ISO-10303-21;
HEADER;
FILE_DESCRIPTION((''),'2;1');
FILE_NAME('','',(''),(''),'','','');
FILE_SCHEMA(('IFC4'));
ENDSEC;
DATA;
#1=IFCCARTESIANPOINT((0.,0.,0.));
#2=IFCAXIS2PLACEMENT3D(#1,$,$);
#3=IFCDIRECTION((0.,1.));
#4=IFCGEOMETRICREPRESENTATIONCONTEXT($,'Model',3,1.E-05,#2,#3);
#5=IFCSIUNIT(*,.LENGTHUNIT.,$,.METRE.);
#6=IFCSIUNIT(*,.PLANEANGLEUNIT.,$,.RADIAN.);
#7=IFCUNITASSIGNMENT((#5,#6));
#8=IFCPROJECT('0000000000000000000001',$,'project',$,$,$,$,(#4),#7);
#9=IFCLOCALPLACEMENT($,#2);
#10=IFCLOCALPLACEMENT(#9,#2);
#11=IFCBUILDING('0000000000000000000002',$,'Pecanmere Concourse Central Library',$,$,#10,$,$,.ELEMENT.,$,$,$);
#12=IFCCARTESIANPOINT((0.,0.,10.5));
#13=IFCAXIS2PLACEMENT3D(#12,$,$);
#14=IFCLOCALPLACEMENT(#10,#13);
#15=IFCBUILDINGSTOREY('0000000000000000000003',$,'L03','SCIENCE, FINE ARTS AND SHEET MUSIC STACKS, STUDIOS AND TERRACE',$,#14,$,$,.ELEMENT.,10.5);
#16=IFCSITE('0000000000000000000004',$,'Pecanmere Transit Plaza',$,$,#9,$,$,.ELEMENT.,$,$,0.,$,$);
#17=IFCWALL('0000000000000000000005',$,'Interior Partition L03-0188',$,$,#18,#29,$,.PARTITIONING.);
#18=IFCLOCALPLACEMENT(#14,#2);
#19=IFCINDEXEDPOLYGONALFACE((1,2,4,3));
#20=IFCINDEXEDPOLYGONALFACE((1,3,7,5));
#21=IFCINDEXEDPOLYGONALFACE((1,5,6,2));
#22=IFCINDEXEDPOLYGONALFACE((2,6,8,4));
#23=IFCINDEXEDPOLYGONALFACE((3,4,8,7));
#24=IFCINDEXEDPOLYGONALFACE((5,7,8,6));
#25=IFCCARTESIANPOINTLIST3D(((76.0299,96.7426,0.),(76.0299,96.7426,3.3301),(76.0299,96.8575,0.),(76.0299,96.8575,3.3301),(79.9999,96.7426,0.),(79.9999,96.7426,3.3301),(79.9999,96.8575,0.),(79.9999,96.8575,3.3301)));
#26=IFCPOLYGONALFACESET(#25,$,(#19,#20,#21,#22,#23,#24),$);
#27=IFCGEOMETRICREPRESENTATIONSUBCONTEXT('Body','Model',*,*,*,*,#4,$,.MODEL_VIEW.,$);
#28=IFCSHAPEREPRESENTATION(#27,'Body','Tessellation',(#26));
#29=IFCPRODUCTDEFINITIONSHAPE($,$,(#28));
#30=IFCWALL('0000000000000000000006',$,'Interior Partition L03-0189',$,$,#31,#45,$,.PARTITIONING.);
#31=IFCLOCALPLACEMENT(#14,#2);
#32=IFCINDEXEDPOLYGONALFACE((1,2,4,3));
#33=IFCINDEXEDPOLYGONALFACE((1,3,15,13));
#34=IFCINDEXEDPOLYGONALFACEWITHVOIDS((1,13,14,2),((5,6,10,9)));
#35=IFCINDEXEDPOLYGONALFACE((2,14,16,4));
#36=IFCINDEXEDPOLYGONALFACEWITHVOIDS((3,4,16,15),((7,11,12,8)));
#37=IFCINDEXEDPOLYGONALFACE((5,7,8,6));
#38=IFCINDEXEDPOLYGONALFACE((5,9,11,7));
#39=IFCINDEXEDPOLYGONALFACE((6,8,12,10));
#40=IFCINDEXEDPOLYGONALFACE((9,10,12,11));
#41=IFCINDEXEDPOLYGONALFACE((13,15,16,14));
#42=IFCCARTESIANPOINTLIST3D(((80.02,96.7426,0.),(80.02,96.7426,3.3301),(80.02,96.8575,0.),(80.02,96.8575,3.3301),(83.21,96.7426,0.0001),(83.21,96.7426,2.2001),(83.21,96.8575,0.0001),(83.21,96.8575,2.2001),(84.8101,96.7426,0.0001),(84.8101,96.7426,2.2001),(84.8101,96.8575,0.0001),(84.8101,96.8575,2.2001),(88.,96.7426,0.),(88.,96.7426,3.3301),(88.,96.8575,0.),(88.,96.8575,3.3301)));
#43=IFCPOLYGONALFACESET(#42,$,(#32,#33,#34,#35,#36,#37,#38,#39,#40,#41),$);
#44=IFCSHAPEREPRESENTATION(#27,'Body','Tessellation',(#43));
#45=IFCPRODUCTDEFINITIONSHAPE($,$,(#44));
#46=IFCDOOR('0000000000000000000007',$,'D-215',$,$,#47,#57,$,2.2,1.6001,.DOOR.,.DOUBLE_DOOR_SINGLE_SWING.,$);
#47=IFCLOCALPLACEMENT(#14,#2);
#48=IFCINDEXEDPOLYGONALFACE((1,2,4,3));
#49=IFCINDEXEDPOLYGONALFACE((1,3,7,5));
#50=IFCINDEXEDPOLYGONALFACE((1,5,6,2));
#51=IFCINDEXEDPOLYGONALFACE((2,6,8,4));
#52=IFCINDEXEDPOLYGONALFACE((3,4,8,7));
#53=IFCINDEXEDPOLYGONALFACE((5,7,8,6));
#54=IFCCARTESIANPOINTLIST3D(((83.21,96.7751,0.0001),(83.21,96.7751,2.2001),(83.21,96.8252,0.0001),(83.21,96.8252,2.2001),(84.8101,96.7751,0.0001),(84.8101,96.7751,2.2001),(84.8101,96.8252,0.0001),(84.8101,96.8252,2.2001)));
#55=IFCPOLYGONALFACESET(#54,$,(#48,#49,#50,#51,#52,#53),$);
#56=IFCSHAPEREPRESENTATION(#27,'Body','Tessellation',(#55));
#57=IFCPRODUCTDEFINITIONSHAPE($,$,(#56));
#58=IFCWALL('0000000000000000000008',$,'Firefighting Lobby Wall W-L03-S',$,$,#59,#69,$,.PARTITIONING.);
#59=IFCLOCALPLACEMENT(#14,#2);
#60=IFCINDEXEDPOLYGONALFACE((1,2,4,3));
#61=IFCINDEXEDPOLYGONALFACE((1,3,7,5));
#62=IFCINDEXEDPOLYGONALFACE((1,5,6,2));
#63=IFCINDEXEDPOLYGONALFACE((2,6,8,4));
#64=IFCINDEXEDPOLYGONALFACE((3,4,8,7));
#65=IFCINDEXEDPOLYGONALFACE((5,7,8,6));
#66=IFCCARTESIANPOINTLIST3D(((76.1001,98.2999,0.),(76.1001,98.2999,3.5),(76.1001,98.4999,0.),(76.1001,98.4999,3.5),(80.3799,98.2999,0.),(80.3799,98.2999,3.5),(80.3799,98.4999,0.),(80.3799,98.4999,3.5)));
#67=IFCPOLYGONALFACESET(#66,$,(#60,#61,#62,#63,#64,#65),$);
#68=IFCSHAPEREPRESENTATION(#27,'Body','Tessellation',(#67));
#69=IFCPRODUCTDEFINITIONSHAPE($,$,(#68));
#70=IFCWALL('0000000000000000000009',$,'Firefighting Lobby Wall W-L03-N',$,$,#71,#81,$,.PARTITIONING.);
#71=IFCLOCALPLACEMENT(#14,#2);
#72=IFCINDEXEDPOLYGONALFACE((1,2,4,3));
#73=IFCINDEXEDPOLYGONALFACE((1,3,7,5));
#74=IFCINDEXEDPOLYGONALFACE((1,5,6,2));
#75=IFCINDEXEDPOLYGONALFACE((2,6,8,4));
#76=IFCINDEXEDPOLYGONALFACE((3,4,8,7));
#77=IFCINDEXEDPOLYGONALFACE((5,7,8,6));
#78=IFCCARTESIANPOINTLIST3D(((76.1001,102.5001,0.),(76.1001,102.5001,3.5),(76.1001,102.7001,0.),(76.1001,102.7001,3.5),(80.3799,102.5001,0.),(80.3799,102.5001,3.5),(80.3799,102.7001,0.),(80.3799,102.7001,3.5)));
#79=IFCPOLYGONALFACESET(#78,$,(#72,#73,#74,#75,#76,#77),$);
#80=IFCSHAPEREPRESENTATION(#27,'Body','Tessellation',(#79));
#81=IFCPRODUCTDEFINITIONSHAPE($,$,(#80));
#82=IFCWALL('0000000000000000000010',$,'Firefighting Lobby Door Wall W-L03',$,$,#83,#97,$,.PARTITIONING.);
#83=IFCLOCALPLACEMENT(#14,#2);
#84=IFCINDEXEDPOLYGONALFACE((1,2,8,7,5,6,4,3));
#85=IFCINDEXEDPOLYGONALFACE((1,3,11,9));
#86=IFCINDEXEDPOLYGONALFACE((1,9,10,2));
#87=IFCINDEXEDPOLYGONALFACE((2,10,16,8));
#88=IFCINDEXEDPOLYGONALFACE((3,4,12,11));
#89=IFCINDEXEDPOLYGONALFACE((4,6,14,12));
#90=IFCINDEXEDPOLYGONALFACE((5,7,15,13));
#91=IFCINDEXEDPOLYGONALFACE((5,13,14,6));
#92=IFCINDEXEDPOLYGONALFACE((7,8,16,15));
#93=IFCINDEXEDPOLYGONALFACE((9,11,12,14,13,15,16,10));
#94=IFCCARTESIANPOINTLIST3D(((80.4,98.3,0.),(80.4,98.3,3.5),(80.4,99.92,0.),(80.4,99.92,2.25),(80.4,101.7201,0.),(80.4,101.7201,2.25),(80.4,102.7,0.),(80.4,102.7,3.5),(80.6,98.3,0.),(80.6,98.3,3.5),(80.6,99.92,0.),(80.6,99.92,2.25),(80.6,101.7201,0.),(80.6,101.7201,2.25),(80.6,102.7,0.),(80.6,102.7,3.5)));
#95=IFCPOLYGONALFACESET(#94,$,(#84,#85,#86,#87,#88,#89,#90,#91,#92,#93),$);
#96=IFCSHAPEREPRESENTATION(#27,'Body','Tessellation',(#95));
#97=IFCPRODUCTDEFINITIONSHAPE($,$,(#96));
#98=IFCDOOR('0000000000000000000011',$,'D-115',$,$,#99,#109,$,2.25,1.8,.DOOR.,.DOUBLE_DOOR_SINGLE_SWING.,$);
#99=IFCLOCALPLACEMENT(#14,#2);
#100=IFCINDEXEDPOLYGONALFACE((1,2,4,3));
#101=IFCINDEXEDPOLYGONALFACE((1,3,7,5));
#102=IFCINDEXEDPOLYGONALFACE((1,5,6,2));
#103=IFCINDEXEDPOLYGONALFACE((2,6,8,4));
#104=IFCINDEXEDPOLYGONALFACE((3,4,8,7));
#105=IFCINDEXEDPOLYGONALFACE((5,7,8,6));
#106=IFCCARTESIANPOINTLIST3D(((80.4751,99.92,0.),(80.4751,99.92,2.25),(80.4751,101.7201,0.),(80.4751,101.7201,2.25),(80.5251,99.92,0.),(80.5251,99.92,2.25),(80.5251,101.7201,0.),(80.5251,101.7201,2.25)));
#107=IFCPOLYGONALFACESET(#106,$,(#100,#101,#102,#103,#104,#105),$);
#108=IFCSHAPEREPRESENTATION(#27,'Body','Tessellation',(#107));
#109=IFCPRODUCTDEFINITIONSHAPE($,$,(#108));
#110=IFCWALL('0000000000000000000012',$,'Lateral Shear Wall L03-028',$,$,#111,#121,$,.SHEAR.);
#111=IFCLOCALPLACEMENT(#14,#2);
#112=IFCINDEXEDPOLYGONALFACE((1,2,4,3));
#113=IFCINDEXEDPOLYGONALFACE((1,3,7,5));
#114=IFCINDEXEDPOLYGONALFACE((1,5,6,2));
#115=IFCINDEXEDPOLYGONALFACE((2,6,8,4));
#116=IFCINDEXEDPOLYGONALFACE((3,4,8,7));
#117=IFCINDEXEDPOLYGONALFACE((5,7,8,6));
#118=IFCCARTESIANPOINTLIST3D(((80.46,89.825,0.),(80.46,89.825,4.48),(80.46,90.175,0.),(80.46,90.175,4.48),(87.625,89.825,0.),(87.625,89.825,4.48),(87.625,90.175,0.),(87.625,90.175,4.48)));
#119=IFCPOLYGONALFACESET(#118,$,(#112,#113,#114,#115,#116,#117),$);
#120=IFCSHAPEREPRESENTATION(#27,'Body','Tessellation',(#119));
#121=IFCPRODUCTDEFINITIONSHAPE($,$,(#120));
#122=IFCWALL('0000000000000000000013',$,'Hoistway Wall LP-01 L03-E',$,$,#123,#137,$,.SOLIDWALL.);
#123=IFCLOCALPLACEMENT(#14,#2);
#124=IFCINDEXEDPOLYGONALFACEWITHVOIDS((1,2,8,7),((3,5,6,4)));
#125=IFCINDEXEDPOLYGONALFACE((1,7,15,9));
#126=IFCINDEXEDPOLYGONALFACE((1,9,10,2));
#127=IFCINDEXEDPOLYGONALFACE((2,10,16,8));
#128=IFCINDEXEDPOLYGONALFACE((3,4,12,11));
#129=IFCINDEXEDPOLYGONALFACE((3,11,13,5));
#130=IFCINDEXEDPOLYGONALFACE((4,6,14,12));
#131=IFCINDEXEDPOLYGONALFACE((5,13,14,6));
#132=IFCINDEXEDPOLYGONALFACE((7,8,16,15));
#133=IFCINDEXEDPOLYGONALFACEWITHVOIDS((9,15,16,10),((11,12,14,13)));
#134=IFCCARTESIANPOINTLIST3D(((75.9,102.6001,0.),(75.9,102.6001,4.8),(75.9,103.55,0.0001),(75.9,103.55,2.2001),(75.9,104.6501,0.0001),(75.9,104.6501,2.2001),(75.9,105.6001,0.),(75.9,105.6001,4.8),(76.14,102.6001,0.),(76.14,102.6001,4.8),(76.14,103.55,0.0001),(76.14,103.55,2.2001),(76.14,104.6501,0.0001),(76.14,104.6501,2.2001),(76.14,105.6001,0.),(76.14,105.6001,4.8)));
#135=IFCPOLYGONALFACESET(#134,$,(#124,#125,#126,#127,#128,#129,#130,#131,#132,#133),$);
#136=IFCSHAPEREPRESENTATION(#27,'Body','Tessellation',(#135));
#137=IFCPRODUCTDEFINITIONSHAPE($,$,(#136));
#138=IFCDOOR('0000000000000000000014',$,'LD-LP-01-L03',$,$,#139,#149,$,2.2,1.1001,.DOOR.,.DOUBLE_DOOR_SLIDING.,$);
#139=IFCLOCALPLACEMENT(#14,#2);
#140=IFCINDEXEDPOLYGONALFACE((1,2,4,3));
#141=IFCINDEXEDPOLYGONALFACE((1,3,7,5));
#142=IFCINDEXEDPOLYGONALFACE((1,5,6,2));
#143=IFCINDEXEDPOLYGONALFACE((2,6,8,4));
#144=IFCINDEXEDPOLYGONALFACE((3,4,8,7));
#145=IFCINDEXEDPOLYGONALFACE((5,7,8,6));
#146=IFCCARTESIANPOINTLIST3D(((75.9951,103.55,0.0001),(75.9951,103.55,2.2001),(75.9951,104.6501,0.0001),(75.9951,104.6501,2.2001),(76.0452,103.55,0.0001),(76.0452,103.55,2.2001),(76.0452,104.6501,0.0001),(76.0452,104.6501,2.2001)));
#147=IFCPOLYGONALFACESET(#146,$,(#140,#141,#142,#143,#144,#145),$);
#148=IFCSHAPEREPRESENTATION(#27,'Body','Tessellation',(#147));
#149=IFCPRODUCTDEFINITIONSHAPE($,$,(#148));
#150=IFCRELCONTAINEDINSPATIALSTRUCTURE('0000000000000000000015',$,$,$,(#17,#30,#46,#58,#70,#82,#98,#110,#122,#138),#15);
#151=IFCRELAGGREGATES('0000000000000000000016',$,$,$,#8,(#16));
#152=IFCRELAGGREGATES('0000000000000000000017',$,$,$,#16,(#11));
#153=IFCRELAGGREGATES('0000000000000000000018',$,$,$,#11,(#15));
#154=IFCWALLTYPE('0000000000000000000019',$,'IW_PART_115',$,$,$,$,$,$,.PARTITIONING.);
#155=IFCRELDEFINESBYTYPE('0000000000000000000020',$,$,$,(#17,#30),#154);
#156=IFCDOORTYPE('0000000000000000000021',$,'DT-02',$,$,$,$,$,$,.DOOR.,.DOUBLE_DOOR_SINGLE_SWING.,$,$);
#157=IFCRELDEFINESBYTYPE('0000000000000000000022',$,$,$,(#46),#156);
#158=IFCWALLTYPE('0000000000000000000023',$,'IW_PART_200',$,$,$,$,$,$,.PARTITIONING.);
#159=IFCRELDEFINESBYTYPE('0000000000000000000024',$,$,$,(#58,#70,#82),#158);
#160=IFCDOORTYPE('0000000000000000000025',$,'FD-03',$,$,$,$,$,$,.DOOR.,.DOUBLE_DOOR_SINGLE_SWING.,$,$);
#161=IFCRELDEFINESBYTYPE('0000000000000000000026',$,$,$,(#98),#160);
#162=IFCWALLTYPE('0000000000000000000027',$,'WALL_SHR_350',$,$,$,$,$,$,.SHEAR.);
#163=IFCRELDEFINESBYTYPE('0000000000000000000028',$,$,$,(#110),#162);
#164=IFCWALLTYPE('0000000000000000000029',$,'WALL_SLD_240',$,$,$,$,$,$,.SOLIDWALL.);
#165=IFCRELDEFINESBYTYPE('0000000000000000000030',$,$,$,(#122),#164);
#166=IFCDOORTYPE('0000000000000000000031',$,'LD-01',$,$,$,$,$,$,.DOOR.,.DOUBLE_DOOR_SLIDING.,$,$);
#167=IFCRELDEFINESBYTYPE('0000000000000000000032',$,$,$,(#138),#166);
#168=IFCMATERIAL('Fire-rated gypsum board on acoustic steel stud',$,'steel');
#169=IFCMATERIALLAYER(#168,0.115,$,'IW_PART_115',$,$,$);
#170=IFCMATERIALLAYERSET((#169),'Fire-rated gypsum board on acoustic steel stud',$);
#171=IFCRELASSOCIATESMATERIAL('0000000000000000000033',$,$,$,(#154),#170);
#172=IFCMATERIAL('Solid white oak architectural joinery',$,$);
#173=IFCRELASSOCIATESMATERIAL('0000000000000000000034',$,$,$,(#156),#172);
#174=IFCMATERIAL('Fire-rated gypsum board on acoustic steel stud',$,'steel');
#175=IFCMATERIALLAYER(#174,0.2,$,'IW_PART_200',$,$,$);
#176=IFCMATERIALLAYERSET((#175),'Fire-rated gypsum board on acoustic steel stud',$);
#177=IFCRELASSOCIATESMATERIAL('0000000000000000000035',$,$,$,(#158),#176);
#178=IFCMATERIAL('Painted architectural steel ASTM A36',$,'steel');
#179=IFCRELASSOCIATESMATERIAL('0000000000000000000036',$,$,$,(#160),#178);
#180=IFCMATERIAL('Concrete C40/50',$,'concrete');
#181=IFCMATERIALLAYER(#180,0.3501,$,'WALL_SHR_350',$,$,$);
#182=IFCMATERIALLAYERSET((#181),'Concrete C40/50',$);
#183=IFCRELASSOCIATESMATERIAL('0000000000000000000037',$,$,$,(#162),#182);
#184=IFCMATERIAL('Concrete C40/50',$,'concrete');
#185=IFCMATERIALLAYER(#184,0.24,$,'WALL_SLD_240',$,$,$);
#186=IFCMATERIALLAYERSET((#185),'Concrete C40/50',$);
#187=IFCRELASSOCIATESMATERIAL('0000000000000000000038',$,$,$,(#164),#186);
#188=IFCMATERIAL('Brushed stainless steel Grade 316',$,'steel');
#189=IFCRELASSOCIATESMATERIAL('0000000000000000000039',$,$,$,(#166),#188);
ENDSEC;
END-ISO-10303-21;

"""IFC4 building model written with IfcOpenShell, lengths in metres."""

from ifc_helpers import new_model, si_unit, direction, frame, frame_2d, origin, place, context, subcontext, project, spatial, rectangle, extrude, material, layer, layer_set, type_object, element, fill, save


model = new_model("IFC4")

# Units and contexts
model_context = context("Model", 3, precision=1e-05, world=origin(), true_north=direction((0.0, 1.0)))
body_context = subcontext(model_context, "Body", "Model", "MODEL_VIEW")
ifc_project = project(units=[si_unit("LENGTHUNIT", "METRE"), si_unit("PLANEANGLEUNIT", "RADIAN")], contexts=[model_context])

# Site, building, storey
site_placement = place(None, origin())
site = spatial("IfcSite", under=ifc_project, at=site_placement, Name="Pecanmere Transit Plaza", CompositionType="ELEMENT", RefElevation=0.0)
building_placement = place(site_placement, origin())
building = spatial("IfcBuilding", under=site, at=building_placement, Name="Pecanmere Concourse Central Library", CompositionType="ELEMENT")
storey_placement = place(building_placement, frame((0.0, 0.0, 10.5)))
storey = spatial("IfcBuildingStorey", under=building, at=storey_placement, Name="L03", Description="SCIENCE, FINE ARTS AND SHEET MUSIC STACKS, STUDIOS AND TERRACE", CompositionType="ELEMENT", Elevation=10.5)

# Wall
ifc_material_1 = material(Name="Fire-rated gypsum board on acoustic steel stud", Category="steel")
ifc_layer_1 = layer(ifc_material_1, 0.115, Name="IW_PART_115")
ifc_layer_set_1 = layer_set([ifc_layer_1], Name="Fire-rated gypsum board on acoustic steel stud")
wall_type_1 = type_object("IfcWallType", Name="IW_PART_115", PredefinedType="PARTITIONING", material=ifc_layer_set_1)
wall_1_placement = place(storey_placement, frame((76.03, 96.8, 0.0), z_axis=(0.0, 0.0, 1.0), x_axis=(1.0, 0.0, 0.0)))
element("IfcWall", 1, at=wall_1_placement, inside=storey, type_object=wall_type_1, Name="Interior Partition L03-0188", PredefinedType="PARTITIONING", context=body_context, shape_type="SweptSolid", body=[
    extrude(rectangle(XDim=3.97, YDim=0.115, at=frame_2d((1.9849, 0.0))), origin(), (0.0, 0.0, 1.0), 3.3301),
])

# Wall, opening, door
wall_2_placement = place(storey_placement, frame((80.02, 96.8, 0.0), z_axis=(0.0, 0.0, 1.0), x_axis=(1.0, 0.0, 0.0)))
wall_2 = element("IfcWall", 2, at=wall_2_placement, inside=storey, type_object=wall_type_1, Name="Interior Partition L03-0189", PredefinedType="PARTITIONING", context=body_context, shape_type="SweptSolid", body=[
    extrude(rectangle(XDim=7.98, YDim=0.115, at=frame_2d((3.99, 0.0))), origin(), (0.0, 0.0, 1.0), 3.3301),
])
opening_1_placement = place(wall_2_placement, frame((3.1899, 0.0, 0.0)))
opening_1 = element("IfcOpeningElement", 3, at=opening_1_placement, cuts=wall_2, PredefinedType="OPENING", context=body_context, shape_type="SweptSolid", body=[
    extrude(rectangle(XDim=1.6001, YDim=2.2, at=frame_2d((0.8, 1.1001))), frame((0.0, 0.0693, 0.0), z_axis=(0.0, -1.0, 0.0), x_axis=(1.0, 0.0, 0.0)), (0.0, 0.0, 1.0), 0.1389),
])
ifc_material_2 = material(Name="Solid white oak architectural joinery")
door_type_1 = type_object("IfcDoorType", Name="DT-02", OperationType="DOUBLE_DOOR_SINGLE_SWING", PredefinedType="DOOR", material=ifc_material_2)
door_1_placement = place(opening_1_placement, frame((1.6001, 0.0, 0.0), z_axis=(0.0, 0.0, 1.0), x_axis=(-1.0, 0.0, 0.0)))
door_1 = element("IfcDoor", 4, at=door_1_placement, inside=storey, type_object=door_type_1, Name="D-215", OperationType="DOUBLE_DOOR_SINGLE_SWING", OverallHeight=2.2, OverallWidth=1.6001, PredefinedType="DOOR", context=body_context, shape_type="SweptSolid", body=[
    extrude(rectangle(XDim=1.6001, YDim=2.2, at=frame_2d((0.8, 1.1001))), frame((0.0, 0.0249, 0.0), z_axis=(0.0, -1.0, 0.0), x_axis=(1.0, 0.0, 0.0)), (0.0, 0.0, 1.0), 0.05),
])
fill(opening_1, door_1)

# Walls
ifc_material_3 = material(Name="Fire-rated gypsum board on acoustic steel stud", Category="steel")
ifc_layer_2 = layer(ifc_material_3, 0.2, Name="IW_PART_200")
ifc_layer_set_2 = layer_set([ifc_layer_2], Name="Fire-rated gypsum board on acoustic steel stud")
wall_type_2 = type_object("IfcWallType", Name="IW_PART_200", PredefinedType="PARTITIONING", material=ifc_layer_set_2)
for number, where, z_axis, x_axis, name in (
    (5, (76.1001, 98.3999, 0.0), (0.0, 0.0, 1.0), (1.0, 0.0, 0.0), "Firefighting Lobby Wall W-L03-S"),
    (6, (76.1001, 102.6001, 0.0), (0.0, 0.0, 1.0), (1.0, 0.0, 0.0), "Firefighting Lobby Wall W-L03-N"),
):
    element("IfcWall", number, at=place(storey_placement, frame(where, z_axis=z_axis, x_axis=x_axis)), inside=storey, type_object=wall_type_2, Name=name, PredefinedType="PARTITIONING", context=body_context, shape_type="SweptSolid", body=[
        extrude(rectangle(XDim=4.2798, YDim=0.2, at=frame_2d((2.1399, 0.0))), origin(), (0.0, 0.0, 1.0), 3.5),
    ])

# Wall, opening, door
wall_3_placement = place(storey_placement, frame((80.5, 98.3, 0.0), z_axis=(0.0, 0.0, 1.0), x_axis=(0.0, 1.0, 0.0)))
wall_3 = element("IfcWall", 7, at=wall_3_placement, inside=storey, type_object=wall_type_2, Name="Firefighting Lobby Door Wall W-L03", PredefinedType="PARTITIONING", context=body_context, shape_type="SweptSolid", body=[
    extrude(rectangle(XDim=4.3999, YDim=0.2, at=frame_2d((2.2, 0.0))), origin(), (0.0, 0.0, 1.0), 3.5),
])
opening_2_placement = place(wall_3_placement, frame((1.6201, 0.0, 0.0)))
opening_2 = element("IfcOpeningElement", 8, at=opening_2_placement, cuts=wall_3, PredefinedType="OPENING", context=body_context, shape_type="SweptSolid", body=[
    extrude(rectangle(XDim=1.8, YDim=2.25, at=frame_2d((0.8999, 1.125))), frame((0.0, 0.1118, 0.0), z_axis=(0.0, -1.0, 0.0), x_axis=(1.0, 0.0, 0.0)), (0.0, 0.0, 1.0), 0.2239),
])
ifc_material_4 = material(Name="Painted architectural steel ASTM A36", Category="steel")
door_type_2 = type_object("IfcDoorType", Name="FD-03", OperationType="DOUBLE_DOOR_SINGLE_SWING", PredefinedType="DOOR", material=ifc_material_4)
door_2_placement = place(opening_2_placement, origin())
door_2 = element("IfcDoor", 9, at=door_2_placement, inside=storey, type_object=door_type_2, Name="D-115", OperationType="DOUBLE_DOOR_SINGLE_SWING", OverallHeight=2.25, OverallWidth=1.8, PredefinedType="DOOR", context=body_context, shape_type="SweptSolid", body=[
    extrude(rectangle(XDim=1.8, YDim=2.25, at=frame_2d((0.8999, 1.125))), frame((0.0, 0.0249, 0.0), z_axis=(0.0, -1.0, 0.0), x_axis=(1.0, 0.0, 0.0)), (0.0, 0.0, 1.0), 0.05),
])
fill(opening_2, door_2)

# Wall
ifc_material_5 = material(Name="Concrete C40/50", Category="concrete")
ifc_layer_3 = layer(ifc_material_5, 0.3501, Name="WALL_SHR_350")
ifc_layer_set_3 = layer_set([ifc_layer_3], Name="Concrete C40/50")
wall_type_3 = type_object("IfcWallType", Name="WALL_SHR_350", PredefinedType="SHEAR", material=ifc_layer_set_3)
wall_4_placement = place(storey_placement, frame((80.46, 90.0, 0.0), z_axis=(0.0, 0.0, 1.0), x_axis=(1.0, 0.0, 0.0)))
element("IfcWall", 10, at=wall_4_placement, inside=storey, type_object=wall_type_3, Name="Lateral Shear Wall L03-028", PredefinedType="SHEAR", context=body_context, shape_type="SweptSolid", body=[
    extrude(rectangle(XDim=7.165, YDim=0.3501, at=frame_2d((3.5825, 0.0))), origin(), (0.0, 0.0, 1.0), 4.48),
])

# Wall, opening, door
ifc_material_6 = material(Name="Concrete C40/50", Category="concrete")
ifc_layer_4 = layer(ifc_material_6, 0.24, Name="WALL_SLD_240")
ifc_layer_set_4 = layer_set([ifc_layer_4], Name="Concrete C40/50")
wall_type_4 = type_object("IfcWallType", Name="WALL_SLD_240", PredefinedType="SOLIDWALL", material=ifc_layer_set_4)
wall_5_placement = place(storey_placement, frame((76.02, 102.6001, 0.0), z_axis=(0.0, 0.0, 1.0), x_axis=(0.0, 1.0, 0.0)))
wall_5 = element("IfcWall", 11, at=wall_5_placement, inside=storey, type_object=wall_type_4, Name="Hoistway Wall LP-01 L03-E", PredefinedType="SOLIDWALL", context=body_context, shape_type="SweptSolid", body=[
    extrude(rectangle(XDim=3.0, YDim=0.24, at=frame_2d((1.5, 0.0))), origin(), (0.0, 0.0, 1.0), 4.8),
])
opening_3_placement = place(wall_5_placement, frame((0.95, 0.0, 0.0)))
opening_3 = element("IfcOpeningElement", 12, at=opening_3_placement, cuts=wall_5, PredefinedType="OPENING", context=body_context, shape_type="SweptSolid", body=[
    extrude(rectangle(XDim=1.1001, YDim=2.2, at=frame_2d((0.55, 1.1001))), frame((0.0, 0.1318, 0.0), z_axis=(0.0, -1.0, 0.0), x_axis=(1.0, 0.0, 0.0)), (0.0, 0.0, 1.0), 0.2639),
])
ifc_material_7 = material(Name="Brushed stainless steel Grade 316", Category="steel")
door_type_3 = type_object("IfcDoorType", Name="LD-01", OperationType="DOUBLE_DOOR_SLIDING", PredefinedType="DOOR", material=ifc_material_7)
door_3_placement = place(opening_3_placement, origin())
door_3 = element("IfcDoor", 13, at=door_3_placement, inside=storey, type_object=door_type_3, Name="LD-LP-01-L03", OperationType="DOUBLE_DOOR_SLIDING", OverallHeight=2.2, OverallWidth=1.1001, PredefinedType="DOOR", context=body_context, shape_type="SweptSolid", body=[
    extrude(rectangle(XDim=1.1001, YDim=2.2, at=frame_2d((0.55, 1.1001))), frame((0.0, 0.0249, 0.0), z_axis=(0.0, -1.0, 0.0), x_axis=(1.0, 0.0, 0.0)), (0.0, 0.0, 1.0), 0.05),
])
fill(opening_3, door_3)

save(model, "model.ifc")
